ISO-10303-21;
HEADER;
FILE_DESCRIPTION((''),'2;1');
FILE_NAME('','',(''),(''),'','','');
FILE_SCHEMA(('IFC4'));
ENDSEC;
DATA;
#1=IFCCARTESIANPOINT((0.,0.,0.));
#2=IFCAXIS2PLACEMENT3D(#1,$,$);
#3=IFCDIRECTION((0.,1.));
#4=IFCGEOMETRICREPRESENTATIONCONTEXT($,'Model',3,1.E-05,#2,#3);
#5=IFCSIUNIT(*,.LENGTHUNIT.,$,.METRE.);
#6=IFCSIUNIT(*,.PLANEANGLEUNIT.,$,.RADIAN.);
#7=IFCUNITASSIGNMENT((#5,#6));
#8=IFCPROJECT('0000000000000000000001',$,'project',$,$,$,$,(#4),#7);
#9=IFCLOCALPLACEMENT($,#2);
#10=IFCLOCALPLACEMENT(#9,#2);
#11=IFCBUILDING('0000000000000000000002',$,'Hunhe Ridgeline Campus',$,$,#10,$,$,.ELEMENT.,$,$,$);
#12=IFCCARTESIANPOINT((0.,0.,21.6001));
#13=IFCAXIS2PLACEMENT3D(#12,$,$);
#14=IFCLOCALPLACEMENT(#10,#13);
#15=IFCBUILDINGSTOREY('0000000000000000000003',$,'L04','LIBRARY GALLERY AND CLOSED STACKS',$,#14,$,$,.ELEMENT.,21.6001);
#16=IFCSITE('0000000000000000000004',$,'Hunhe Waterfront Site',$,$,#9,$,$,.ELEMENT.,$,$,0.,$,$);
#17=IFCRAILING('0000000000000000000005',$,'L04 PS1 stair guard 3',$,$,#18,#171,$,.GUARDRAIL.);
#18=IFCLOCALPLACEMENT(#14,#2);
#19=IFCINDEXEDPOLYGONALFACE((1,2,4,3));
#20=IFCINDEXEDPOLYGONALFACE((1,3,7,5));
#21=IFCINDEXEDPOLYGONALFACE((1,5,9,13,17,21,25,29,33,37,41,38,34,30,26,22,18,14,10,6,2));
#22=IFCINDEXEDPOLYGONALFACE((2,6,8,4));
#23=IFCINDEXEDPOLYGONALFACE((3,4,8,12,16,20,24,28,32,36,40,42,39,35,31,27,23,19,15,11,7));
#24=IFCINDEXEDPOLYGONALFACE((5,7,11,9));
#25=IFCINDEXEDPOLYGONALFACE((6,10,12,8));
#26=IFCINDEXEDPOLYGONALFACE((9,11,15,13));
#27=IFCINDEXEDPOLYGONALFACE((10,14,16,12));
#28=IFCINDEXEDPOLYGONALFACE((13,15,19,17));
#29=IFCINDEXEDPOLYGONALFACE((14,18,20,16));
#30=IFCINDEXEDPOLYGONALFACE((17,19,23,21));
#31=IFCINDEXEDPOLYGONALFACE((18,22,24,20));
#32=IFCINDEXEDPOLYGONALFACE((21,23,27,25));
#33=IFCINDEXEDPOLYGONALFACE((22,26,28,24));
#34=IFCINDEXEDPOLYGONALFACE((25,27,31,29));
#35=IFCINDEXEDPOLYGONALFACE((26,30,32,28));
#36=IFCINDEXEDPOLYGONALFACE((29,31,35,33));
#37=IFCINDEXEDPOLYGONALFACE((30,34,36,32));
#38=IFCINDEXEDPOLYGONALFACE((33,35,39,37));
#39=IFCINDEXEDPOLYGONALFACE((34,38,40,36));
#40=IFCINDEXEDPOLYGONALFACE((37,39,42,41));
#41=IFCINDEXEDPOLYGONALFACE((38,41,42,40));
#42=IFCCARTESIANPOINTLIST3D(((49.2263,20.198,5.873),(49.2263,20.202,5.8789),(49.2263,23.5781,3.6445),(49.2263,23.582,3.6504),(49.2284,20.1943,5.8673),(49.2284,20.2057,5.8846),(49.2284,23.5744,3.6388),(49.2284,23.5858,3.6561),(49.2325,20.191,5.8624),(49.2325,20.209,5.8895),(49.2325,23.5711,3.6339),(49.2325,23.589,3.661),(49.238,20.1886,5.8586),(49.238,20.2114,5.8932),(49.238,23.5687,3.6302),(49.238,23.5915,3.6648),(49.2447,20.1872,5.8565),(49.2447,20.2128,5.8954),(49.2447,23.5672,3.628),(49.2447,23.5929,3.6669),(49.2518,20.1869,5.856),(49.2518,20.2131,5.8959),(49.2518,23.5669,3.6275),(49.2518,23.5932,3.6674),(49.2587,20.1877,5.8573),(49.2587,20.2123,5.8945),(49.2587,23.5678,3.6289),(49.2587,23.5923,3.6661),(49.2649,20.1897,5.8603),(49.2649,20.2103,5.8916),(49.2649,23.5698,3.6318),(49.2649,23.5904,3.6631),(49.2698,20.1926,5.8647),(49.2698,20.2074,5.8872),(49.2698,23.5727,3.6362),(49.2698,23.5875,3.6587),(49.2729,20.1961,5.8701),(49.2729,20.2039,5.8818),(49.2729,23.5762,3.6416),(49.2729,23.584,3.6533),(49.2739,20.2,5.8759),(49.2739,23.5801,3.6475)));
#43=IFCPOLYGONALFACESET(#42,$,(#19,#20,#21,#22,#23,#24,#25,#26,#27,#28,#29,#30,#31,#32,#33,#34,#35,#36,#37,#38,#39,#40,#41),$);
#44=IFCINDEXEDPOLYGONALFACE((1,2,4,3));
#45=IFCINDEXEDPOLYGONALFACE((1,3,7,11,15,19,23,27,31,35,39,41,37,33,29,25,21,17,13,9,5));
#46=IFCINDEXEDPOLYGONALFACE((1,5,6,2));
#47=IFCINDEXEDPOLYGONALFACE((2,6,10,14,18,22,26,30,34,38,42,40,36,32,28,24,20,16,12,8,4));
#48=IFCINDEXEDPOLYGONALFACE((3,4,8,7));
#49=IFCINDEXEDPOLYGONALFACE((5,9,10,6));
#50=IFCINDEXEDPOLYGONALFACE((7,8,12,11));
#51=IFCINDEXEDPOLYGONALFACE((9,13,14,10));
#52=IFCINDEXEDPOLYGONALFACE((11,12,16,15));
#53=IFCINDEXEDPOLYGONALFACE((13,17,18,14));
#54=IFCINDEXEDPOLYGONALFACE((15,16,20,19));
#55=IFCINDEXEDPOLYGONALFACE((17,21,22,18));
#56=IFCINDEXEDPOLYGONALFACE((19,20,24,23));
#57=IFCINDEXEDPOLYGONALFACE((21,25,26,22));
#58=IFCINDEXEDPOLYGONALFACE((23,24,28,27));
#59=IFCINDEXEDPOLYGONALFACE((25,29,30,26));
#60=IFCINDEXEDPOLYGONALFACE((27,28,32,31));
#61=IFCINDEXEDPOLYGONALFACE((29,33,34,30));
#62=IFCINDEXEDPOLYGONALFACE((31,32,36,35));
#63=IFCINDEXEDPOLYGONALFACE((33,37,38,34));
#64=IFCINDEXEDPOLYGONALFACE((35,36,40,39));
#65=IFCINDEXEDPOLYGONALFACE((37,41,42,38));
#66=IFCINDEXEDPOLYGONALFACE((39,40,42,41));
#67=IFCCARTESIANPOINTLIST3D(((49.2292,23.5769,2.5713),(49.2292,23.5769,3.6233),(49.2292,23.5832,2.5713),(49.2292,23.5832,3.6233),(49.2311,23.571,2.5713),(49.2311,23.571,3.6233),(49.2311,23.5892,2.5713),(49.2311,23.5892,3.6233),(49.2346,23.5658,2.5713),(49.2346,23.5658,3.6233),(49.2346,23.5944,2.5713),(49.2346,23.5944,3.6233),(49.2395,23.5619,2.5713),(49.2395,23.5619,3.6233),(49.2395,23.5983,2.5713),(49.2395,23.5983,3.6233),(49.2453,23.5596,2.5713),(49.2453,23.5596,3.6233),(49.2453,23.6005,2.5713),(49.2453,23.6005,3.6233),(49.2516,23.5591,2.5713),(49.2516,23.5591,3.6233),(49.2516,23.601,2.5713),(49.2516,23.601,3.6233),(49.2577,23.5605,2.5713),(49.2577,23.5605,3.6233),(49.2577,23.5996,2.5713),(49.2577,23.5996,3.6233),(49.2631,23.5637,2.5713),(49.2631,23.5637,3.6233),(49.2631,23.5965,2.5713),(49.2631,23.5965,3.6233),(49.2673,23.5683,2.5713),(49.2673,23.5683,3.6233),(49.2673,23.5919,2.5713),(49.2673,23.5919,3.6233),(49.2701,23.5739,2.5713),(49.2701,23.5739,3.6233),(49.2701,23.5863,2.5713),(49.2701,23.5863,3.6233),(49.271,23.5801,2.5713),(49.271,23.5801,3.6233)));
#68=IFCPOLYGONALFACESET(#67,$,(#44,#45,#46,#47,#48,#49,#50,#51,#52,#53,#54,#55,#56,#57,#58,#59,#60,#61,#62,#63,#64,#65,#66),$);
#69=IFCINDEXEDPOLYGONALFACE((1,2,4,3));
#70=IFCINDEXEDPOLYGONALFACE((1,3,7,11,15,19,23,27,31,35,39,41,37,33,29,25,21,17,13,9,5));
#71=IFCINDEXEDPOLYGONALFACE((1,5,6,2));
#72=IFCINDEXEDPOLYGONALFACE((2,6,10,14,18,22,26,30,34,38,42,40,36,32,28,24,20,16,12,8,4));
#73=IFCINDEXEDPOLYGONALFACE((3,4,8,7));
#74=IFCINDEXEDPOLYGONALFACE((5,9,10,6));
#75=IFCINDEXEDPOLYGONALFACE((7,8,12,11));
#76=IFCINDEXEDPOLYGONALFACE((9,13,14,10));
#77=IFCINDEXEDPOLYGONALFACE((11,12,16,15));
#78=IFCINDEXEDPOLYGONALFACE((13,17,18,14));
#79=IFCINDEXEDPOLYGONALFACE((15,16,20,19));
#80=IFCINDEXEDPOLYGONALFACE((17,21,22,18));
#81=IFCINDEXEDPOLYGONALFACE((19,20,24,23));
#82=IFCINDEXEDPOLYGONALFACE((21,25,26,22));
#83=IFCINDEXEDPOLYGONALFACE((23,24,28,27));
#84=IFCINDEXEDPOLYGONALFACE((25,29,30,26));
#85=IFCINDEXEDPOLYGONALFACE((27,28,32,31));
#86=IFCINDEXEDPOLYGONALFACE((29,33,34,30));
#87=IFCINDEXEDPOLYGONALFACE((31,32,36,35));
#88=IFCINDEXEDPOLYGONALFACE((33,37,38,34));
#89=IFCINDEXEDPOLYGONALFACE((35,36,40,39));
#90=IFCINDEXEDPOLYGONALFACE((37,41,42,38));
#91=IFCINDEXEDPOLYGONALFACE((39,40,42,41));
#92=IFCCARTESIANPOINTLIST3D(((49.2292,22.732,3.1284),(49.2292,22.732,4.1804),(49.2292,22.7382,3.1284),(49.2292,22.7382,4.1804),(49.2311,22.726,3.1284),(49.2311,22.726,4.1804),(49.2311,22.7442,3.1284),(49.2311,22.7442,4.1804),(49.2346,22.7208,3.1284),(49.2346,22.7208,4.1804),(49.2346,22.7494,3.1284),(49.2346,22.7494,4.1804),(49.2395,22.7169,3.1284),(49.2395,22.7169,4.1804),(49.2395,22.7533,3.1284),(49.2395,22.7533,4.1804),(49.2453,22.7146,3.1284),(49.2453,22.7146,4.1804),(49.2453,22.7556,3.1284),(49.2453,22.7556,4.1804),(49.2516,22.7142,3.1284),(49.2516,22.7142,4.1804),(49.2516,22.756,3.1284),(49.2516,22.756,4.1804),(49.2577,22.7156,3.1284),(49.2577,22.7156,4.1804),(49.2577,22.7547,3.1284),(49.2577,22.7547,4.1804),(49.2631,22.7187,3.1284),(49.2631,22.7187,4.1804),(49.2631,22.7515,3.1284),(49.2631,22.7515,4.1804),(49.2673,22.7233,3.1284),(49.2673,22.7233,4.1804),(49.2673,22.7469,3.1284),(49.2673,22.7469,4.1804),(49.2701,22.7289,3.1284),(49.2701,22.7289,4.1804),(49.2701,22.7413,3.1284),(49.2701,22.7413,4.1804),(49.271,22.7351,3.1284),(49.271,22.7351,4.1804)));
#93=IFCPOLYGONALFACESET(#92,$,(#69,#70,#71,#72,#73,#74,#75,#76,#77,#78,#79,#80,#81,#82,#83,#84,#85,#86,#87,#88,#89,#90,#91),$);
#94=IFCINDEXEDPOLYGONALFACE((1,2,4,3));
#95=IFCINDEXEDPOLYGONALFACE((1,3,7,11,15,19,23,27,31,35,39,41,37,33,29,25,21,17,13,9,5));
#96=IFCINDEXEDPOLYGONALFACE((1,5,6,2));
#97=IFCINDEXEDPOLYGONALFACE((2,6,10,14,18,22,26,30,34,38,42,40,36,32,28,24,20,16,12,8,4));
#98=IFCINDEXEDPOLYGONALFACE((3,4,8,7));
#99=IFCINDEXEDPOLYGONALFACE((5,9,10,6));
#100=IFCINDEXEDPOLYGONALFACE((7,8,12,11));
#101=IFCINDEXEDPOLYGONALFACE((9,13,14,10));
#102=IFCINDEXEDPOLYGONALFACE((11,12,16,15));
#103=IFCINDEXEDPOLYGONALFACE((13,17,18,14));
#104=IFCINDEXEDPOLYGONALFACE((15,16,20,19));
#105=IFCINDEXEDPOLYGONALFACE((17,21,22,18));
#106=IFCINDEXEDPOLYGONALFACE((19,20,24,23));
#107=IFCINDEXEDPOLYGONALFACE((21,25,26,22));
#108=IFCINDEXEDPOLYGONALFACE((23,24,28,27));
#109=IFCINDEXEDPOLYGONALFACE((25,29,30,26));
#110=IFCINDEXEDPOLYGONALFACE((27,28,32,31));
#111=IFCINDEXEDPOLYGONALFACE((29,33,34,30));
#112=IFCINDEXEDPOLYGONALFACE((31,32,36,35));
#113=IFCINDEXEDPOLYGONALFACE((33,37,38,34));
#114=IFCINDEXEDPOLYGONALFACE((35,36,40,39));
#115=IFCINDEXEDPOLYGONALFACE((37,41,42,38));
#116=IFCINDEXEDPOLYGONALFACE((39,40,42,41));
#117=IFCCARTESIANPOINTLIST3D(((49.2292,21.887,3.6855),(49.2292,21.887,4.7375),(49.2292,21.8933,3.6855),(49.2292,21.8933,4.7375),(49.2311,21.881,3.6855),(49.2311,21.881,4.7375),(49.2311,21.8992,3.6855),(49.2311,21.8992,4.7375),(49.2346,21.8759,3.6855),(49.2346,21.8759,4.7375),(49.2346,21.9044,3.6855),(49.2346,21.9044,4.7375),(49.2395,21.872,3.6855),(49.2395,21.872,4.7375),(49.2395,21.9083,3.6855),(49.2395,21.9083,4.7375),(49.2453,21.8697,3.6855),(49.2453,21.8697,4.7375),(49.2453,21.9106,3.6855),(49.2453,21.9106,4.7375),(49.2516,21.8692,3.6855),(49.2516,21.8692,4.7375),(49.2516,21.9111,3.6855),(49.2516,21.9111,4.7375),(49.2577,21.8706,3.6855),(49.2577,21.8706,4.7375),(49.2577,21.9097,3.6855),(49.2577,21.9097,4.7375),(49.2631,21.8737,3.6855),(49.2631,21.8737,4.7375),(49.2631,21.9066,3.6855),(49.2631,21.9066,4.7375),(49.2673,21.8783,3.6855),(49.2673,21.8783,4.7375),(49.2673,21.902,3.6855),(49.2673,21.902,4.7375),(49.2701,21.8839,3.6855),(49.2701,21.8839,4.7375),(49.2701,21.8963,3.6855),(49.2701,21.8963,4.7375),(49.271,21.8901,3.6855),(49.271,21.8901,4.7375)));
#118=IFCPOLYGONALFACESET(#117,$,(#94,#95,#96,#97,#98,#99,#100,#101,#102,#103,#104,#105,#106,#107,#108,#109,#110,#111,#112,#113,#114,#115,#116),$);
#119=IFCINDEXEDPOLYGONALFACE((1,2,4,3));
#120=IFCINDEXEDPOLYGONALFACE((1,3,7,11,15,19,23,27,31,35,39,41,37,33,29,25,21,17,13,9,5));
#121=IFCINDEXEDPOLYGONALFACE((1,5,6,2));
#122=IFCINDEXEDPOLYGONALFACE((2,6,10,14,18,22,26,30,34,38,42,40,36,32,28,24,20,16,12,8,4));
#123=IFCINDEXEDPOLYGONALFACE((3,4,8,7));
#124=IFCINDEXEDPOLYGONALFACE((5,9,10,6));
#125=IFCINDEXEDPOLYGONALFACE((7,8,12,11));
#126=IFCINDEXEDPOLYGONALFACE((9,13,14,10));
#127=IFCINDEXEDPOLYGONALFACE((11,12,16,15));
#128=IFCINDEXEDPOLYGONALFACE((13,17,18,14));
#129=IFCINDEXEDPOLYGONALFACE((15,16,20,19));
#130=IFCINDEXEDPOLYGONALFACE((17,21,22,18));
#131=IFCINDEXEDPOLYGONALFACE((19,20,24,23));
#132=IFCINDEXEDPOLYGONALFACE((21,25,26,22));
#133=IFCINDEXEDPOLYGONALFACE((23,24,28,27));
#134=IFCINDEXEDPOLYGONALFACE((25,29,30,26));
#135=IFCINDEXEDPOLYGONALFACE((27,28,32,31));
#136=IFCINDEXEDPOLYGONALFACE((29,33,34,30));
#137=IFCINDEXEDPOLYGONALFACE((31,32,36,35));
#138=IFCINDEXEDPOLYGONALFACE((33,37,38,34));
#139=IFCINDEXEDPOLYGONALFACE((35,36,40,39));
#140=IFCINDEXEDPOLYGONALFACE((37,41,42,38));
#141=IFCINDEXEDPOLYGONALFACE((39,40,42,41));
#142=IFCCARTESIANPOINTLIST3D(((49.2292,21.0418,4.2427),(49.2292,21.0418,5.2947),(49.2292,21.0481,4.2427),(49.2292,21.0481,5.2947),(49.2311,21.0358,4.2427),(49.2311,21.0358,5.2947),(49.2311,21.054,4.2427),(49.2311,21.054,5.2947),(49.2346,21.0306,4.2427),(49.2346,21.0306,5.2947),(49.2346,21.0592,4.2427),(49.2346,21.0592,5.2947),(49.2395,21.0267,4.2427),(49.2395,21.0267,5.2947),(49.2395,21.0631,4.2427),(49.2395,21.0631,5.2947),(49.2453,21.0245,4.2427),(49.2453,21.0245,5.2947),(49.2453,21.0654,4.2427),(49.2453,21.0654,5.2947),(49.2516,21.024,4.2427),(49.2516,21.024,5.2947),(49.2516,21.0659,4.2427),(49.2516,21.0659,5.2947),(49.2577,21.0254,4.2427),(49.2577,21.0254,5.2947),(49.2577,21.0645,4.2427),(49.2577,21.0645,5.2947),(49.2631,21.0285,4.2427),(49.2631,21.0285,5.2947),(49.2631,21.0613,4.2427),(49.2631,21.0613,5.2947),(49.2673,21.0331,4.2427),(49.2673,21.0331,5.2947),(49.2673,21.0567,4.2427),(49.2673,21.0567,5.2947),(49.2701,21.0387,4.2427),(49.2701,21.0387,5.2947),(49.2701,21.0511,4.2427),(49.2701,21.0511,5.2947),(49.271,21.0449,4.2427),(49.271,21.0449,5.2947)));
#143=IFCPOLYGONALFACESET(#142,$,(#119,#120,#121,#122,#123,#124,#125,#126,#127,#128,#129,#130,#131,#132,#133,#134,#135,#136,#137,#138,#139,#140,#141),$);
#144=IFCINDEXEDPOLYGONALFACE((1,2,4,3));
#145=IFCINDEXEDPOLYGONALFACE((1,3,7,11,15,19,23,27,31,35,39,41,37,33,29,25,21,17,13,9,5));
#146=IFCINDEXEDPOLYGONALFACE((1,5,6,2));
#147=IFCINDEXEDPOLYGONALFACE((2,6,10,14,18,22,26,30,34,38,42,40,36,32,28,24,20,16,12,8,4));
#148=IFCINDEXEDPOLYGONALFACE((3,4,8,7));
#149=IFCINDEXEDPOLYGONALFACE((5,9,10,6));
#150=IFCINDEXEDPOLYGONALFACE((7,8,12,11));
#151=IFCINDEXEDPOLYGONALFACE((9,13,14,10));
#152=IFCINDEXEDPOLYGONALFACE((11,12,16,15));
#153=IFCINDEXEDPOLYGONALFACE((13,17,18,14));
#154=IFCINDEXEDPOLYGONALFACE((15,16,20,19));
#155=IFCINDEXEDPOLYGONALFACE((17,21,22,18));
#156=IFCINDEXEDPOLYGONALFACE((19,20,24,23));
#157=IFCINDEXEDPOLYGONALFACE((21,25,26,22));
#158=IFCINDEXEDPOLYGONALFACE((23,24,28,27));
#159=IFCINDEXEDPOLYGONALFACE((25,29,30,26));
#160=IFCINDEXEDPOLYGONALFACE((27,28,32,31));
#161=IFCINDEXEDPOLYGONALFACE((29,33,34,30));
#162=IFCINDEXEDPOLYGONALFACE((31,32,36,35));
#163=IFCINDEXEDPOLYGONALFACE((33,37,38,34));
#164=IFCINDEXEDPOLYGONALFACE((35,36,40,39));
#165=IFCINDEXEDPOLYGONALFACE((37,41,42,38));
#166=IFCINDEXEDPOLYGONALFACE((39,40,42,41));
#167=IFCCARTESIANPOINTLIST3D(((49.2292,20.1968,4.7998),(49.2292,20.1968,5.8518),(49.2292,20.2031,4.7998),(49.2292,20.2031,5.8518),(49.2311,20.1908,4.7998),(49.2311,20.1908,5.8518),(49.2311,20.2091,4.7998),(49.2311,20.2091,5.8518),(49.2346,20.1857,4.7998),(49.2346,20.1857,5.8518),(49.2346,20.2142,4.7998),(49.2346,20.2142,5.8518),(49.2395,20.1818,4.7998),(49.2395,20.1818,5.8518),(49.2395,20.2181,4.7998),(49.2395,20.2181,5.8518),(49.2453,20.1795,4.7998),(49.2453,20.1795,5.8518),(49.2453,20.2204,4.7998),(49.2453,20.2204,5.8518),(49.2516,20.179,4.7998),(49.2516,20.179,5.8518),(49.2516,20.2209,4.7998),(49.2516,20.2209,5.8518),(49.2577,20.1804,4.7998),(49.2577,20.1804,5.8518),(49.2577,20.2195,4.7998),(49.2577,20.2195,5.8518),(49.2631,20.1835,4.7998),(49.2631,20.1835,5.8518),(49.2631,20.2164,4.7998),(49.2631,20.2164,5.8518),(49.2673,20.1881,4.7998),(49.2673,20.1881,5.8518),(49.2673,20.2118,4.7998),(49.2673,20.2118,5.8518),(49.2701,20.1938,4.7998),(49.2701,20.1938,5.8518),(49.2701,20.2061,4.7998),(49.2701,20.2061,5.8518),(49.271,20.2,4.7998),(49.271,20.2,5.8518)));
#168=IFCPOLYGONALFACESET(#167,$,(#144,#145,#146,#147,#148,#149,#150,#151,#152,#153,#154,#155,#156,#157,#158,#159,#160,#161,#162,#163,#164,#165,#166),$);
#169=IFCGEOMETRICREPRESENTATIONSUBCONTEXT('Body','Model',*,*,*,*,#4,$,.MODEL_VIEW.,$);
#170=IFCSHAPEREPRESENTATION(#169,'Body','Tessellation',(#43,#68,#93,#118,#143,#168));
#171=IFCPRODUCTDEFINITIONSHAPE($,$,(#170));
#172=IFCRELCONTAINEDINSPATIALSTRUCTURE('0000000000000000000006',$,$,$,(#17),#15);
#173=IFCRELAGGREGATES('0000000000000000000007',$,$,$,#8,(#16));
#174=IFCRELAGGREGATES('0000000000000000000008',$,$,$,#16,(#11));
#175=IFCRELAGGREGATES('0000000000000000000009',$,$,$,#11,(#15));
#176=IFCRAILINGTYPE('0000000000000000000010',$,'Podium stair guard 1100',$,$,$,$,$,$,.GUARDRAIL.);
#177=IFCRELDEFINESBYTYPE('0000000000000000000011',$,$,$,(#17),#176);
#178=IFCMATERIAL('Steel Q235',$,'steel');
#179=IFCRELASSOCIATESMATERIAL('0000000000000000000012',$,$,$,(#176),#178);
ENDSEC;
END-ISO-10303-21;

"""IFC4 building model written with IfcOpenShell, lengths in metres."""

from ifc_helpers import new_model, si_unit, direction, frame, origin, origin_2d, place, context, subcontext, project, spatial, circle, extrude, material, type_object, element, save


model = new_model("IFC4")

# Units and contexts
model_context = context("Model", 3, precision=1e-05, world=origin(), true_north=direction((0.0, 1.0)))
body_context = subcontext(model_context, "Body", "Model", "MODEL_VIEW")
ifc_project = project(units=[si_unit("LENGTHUNIT", "METRE"), si_unit("PLANEANGLEUNIT", "RADIAN")], contexts=[model_context])

# Site, building, storey
site_placement = place(None, origin())
site = spatial("IfcSite", under=ifc_project, at=site_placement, Name="Hunhe Waterfront Site", CompositionType="ELEMENT", RefElevation=0.0)
building_placement = place(site_placement, origin())
building = spatial("IfcBuilding", under=site, at=building_placement, Name="Hunhe Ridgeline Campus", CompositionType="ELEMENT")
storey_placement = place(building_placement, frame((0.0, 0.0, 21.6001)))
storey = spatial("IfcBuildingStorey", under=building, at=storey_placement, Name="L04", Description="LIBRARY GALLERY AND CLOSED STACKS", CompositionType="ELEMENT", Elevation=21.6001)

# Railing
ifc_material_1 = material(Name="Steel Q235", Category="steel")
railing_type_1 = type_object("IfcRailingType", Name="Podium stair guard 1100", PredefinedType="GUARDRAIL", material=ifc_material_1)
railing_1_placement = place(storey_placement, frame((49.25, 23.5801, 2.5713)))
element("IfcRailing", 1, at=railing_1_placement, inside=storey, type_object=railing_type_1, Name="L04 PS1 stair guard 3", PredefinedType="GUARDRAIL", context=body_context, shape_type="SweptSolid", body=[
    extrude(circle(Radius=0.0239, at=origin_2d()), frame((0.0, 0.0, 1.0762), z_axis=(0.0, -0.834878, 0.550435), x_axis=(1.0, 0.0, 0.0)), (0.0, 0.0, 1.0), 4.0486),
    extrude(circle(Radius=0.021, at=origin_2d()), origin(), (0.0, 0.0, 1.0), 1.052),
    extrude(circle(Radius=0.021, at=origin_2d()), frame((0.0, -0.845, 0.5571)), (0.0, 0.0, 1.0), 1.052),
    extrude(circle(Radius=0.021, at=origin_2d()), frame((0.0, -1.6899, 1.1143)), (0.0, 0.0, 1.0), 1.052),
    extrude(circle(Radius=0.021, at=origin_2d()), frame((0.0, -2.5352, 1.6714)), (0.0, 0.0, 1.0), 1.052),
    extrude(circle(Radius=0.021, at=origin_2d()), frame((0.0, -3.3801, 2.2285)), (0.0, 0.0, 1.0), 1.052),
])

save(model, "model.ifc")
